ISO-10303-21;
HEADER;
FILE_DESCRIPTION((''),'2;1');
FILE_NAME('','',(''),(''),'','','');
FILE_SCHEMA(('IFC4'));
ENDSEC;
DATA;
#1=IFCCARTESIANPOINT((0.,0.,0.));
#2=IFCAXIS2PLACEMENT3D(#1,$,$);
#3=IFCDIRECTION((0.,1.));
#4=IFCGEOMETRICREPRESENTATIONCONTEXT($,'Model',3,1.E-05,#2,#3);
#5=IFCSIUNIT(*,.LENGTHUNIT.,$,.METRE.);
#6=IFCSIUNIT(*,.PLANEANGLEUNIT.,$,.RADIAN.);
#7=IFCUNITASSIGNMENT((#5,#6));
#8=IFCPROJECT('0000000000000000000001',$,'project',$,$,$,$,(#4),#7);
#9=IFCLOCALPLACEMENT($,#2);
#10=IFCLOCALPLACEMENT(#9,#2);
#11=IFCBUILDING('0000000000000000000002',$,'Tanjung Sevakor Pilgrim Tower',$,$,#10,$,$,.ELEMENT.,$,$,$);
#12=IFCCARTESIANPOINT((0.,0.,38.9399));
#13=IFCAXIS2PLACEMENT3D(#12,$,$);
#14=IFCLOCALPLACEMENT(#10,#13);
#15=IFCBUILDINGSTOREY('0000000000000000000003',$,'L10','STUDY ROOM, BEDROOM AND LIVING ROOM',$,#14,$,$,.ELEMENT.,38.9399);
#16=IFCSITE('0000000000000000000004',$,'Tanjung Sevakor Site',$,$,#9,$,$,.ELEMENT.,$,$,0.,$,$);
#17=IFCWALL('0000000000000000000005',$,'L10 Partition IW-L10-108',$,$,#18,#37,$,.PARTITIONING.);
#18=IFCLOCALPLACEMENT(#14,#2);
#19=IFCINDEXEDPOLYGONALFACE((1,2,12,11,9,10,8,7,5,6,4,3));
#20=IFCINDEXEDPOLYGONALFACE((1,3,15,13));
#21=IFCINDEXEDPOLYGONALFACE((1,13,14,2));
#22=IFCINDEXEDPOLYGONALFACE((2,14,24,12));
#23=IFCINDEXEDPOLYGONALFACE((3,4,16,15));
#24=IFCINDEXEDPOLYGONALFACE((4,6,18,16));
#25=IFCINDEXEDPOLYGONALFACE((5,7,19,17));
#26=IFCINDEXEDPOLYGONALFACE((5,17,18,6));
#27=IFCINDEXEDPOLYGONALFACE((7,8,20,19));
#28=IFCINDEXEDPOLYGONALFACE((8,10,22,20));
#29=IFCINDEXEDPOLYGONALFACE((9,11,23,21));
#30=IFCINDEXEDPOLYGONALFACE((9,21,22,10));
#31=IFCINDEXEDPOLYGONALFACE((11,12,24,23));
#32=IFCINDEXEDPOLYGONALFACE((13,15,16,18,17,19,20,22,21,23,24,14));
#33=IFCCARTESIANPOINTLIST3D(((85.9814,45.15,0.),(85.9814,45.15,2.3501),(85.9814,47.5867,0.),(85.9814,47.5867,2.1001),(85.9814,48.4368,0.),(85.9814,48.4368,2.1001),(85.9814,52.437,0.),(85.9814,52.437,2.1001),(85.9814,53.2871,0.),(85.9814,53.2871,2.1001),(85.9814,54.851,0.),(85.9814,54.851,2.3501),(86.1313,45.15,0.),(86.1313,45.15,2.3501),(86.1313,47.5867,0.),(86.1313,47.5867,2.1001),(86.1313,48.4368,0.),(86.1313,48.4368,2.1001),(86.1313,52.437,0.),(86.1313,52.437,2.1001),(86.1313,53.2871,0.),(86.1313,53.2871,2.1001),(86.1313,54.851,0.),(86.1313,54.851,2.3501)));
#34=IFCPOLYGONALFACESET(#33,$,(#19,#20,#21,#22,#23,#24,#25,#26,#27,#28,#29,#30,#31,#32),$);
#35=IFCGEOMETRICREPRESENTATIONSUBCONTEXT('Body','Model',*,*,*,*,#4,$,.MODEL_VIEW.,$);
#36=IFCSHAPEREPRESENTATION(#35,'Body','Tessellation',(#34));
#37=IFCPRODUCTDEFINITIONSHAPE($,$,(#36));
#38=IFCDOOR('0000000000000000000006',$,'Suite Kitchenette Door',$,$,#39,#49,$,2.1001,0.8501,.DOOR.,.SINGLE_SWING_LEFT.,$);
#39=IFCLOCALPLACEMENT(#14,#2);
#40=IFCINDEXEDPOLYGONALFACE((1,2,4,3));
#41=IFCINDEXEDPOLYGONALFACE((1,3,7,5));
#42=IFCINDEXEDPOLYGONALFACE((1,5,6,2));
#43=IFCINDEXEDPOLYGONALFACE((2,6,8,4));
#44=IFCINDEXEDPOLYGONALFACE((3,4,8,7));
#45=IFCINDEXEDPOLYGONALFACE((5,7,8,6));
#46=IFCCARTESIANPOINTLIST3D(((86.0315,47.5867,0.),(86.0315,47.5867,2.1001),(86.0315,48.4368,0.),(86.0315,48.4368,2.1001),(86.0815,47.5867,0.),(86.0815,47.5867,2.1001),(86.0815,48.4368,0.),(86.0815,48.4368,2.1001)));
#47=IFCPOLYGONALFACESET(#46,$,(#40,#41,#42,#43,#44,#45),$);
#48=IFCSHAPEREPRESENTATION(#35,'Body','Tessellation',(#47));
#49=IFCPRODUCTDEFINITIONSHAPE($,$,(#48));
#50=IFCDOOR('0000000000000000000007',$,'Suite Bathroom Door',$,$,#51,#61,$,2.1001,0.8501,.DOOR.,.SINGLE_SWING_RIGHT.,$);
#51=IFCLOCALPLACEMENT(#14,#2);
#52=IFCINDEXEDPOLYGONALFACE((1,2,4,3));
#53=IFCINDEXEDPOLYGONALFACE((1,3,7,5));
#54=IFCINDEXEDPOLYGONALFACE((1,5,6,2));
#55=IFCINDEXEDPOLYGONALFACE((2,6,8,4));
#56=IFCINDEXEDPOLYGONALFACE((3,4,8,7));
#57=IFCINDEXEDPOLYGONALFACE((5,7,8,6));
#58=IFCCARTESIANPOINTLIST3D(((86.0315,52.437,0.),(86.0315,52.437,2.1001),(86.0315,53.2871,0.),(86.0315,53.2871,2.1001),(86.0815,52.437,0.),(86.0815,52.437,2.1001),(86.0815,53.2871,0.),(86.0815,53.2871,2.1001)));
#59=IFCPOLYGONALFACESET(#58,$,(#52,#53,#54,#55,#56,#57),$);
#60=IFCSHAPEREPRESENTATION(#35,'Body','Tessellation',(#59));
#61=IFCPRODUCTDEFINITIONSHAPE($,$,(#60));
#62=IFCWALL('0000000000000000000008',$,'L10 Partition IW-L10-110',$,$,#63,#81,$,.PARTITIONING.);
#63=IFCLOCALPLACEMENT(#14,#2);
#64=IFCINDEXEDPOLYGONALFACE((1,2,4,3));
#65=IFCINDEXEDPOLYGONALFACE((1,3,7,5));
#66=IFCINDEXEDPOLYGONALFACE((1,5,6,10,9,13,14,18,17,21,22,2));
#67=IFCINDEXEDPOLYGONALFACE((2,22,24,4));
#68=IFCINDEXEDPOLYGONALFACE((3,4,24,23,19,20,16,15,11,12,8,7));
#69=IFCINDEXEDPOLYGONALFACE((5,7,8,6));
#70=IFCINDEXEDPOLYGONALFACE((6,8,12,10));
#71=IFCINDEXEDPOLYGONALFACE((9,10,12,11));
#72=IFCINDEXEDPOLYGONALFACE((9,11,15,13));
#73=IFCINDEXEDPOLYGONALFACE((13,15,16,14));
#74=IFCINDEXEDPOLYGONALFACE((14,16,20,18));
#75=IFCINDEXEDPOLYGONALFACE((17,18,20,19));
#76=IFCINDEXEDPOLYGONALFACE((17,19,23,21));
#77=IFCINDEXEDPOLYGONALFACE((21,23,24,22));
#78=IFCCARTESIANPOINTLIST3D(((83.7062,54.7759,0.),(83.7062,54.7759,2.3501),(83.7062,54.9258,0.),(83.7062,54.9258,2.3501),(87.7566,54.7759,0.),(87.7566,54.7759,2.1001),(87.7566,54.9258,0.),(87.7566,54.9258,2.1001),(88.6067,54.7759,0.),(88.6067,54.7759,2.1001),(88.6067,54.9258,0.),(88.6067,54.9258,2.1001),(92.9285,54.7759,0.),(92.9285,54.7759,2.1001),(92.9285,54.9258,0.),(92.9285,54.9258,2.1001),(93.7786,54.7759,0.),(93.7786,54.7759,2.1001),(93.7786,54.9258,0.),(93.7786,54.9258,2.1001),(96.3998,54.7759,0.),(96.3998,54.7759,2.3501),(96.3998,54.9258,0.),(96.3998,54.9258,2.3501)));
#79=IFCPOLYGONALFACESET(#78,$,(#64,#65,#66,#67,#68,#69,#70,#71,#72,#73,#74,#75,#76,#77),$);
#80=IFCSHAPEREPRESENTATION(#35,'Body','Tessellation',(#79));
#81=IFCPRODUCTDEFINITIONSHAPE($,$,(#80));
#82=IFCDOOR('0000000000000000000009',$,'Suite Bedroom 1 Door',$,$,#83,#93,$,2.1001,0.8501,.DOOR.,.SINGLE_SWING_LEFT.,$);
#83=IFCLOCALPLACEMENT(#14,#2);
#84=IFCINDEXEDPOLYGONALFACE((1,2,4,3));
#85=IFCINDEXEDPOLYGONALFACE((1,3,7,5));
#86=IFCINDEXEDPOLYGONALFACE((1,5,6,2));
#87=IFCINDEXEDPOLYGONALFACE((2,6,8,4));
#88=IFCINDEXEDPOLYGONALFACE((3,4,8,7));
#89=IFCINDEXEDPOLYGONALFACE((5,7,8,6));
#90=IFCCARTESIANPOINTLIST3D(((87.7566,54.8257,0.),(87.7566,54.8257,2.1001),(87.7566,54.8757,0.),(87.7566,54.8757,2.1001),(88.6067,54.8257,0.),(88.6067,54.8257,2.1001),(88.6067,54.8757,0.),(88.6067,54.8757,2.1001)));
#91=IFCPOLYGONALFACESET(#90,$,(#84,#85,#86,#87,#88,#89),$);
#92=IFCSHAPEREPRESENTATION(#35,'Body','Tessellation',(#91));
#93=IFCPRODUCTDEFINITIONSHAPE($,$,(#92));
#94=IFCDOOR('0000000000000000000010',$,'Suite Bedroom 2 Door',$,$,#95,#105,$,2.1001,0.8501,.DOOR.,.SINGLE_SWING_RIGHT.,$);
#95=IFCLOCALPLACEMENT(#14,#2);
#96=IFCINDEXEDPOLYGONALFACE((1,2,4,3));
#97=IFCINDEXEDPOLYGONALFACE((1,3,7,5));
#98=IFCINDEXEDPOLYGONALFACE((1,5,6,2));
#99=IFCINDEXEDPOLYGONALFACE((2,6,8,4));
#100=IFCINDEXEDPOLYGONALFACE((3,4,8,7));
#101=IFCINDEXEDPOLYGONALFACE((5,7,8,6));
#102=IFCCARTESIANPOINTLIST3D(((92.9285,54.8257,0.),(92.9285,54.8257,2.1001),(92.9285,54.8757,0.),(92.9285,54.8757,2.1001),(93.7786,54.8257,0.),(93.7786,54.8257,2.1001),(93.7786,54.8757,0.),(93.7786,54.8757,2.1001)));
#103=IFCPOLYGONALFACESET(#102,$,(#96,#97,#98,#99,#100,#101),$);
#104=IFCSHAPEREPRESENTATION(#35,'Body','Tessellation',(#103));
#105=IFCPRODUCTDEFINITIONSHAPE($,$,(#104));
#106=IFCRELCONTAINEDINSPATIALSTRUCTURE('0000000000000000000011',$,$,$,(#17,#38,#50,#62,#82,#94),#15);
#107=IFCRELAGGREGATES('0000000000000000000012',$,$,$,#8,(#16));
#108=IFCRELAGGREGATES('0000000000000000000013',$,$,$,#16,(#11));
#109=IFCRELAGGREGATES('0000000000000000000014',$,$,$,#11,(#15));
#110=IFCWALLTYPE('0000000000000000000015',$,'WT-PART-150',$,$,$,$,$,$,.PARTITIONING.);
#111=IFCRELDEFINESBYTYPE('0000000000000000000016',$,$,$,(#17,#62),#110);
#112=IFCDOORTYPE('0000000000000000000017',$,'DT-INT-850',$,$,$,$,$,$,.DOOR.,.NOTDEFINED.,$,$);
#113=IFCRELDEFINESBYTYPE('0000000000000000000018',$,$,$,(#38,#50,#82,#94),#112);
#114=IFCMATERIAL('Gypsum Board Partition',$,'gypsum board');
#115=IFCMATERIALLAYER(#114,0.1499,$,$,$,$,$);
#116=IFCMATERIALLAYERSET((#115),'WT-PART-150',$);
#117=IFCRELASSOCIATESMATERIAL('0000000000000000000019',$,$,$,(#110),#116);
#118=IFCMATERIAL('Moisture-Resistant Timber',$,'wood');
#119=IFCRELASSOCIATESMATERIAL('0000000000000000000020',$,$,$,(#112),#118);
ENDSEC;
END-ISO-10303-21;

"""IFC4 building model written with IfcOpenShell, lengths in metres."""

from ifc_helpers import new_model, si_unit, direction, frame, frame_2d, origin, place, context, subcontext, project, spatial, rectangle, extrude, material, layer, layer_set, type_object, element, fill, save


model = new_model("IFC4")

# Units and contexts
model_context = context("Model", 3, precision=1e-05, world=origin(), true_north=direction((0.0, 1.0)))
body_context = subcontext(model_context, "Body", "Model", "MODEL_VIEW")
ifc_project = project(units=[si_unit("LENGTHUNIT", "METRE"), si_unit("PLANEANGLEUNIT", "RADIAN")], contexts=[model_context])

# Site, building, storey
site_placement = place(None, origin())
site = spatial("IfcSite", under=ifc_project, at=site_placement, Name="Tanjung Sevakor Site", CompositionType="ELEMENT", RefElevation=0.0)
building_placement = place(site_placement, origin())
building = spatial("IfcBuilding", under=site, at=building_placement, Name="Tanjung Sevakor Pilgrim Tower", CompositionType="ELEMENT")
storey_placement = place(building_placement, frame((0.0, 0.0, 38.9399)))
storey = spatial("IfcBuildingStorey", under=building, at=storey_placement, Name="L10", Description="STUDY ROOM, BEDROOM AND LIVING ROOM", CompositionType="ELEMENT", Elevation=38.9399)

# Shared definitions
ifc_material_1 = material(Name="Gypsum Board Partition", Category="gypsum board")
ifc_layer_1 = layer(ifc_material_1, 0.1499)
ifc_layer_set_1 = layer_set([ifc_layer_1], Name="WT-PART-150")
wall_type_1 = type_object("IfcWallType", Name="WT-PART-150", PredefinedType="PARTITIONING", material=ifc_layer_set_1)

# Walls, openings, doors
wall_1_placement = place(storey_placement, frame((86.0564, 45.1499, 0.0), z_axis=(0.0, 0.0, 1.0), x_axis=(0.0, 1.0, 0.0)))
wall_1 = element("IfcWall", 1, at=wall_1_placement, inside=storey, type_object=wall_type_1, Name="L10 Partition IW-L10-108", PredefinedType="PARTITIONING", context=body_context, shape_type="SweptSolid", body=[
    extrude(rectangle(XDim=9.7009, YDim=0.1499, at=frame_2d((4.8506, 0.0))), origin(), (0.0, 0.0, 1.0), 2.3501),
])
opening_1_placement = place(wall_1_placement, frame((2.4368, 0.0, 0.0)))
opening_1 = element("IfcOpeningElement", 2, at=opening_1_placement, cuts=wall_1, PredefinedType="OPENING", context=body_context, shape_type="SweptSolid", body=[
    extrude(rectangle(XDim=0.8501, YDim=2.1001, at=frame_2d((0.425, 1.05))), frame((0.0, 0.085, 0.0), z_axis=(0.0, -1.0, 0.0), x_axis=(1.0, 0.0, 0.0)), (0.0, 0.0, 1.0), 0.1699),
])
opening_2_placement = place(wall_1_placement, frame((7.2871, 0.0, 0.0)))
opening_2 = element("IfcOpeningElement", 3, at=opening_2_placement, cuts=wall_1, PredefinedType="OPENING", context=body_context, shape_type="SweptSolid", body=[
    extrude(rectangle(XDim=0.8501, YDim=2.1001, at=frame_2d((0.425, 1.05))), frame((0.0, 0.085, 0.0), z_axis=(0.0, -1.0, 0.0), x_axis=(1.0, 0.0, 0.0)), (0.0, 0.0, 1.0), 0.1699),
])
ifc_material_2 = material(Name="Moisture-Resistant Timber", Category="wood")
door_type_1 = type_object("IfcDoorType", Name="DT-INT-850", OperationType="NOTDEFINED", PredefinedType="DOOR", material=ifc_material_2)
door_1_placement = place(opening_1_placement, origin())
door_1 = element("IfcDoor", 4, at=door_1_placement, inside=storey, type_object=door_type_1, Name="Suite Kitchenette Door", OperationType="SINGLE_SWING_LEFT", OverallHeight=2.1001, OverallWidth=0.8501, PredefinedType="DOOR", context=body_context, shape_type="SweptSolid", body=[
    extrude(rectangle(XDim=0.8501, YDim=2.1001, at=frame_2d((0.425, 1.05))), frame((0.0, 0.0249, 0.0), z_axis=(0.0, -1.0, 0.0), x_axis=(1.0, 0.0, 0.0)), (0.0, 0.0, 1.0), 0.05),
])
fill(opening_1, door_1)
door_2_placement = place(opening_2_placement, origin())
door_2 = element("IfcDoor", 5, at=door_2_placement, inside=storey, type_object=door_type_1, Name="Suite Bathroom Door", OperationType="SINGLE_SWING_RIGHT", OverallHeight=2.1001, OverallWidth=0.8501, PredefinedType="DOOR", context=body_context, shape_type="SweptSolid", body=[
    extrude(rectangle(XDim=0.8501, YDim=2.1001, at=frame_2d((0.425, 1.05))), frame((0.0, 0.0249, 0.0), z_axis=(0.0, -1.0, 0.0), x_axis=(1.0, 0.0, 0.0)), (0.0, 0.0, 1.0), 0.05),
])
fill(opening_2, door_2)
wall_2_placement = place(storey_placement, frame((83.7063, 54.8508, 0.0), z_axis=(0.0, 0.0, 1.0), x_axis=(1.0, 0.0, 0.0)))
wall_2 = element("IfcWall", 6, at=wall_2_placement, inside=storey, type_object=wall_type_1, Name="L10 Partition IW-L10-110", PredefinedType="PARTITIONING", context=body_context, shape_type="SweptSolid", body=[
    extrude(rectangle(XDim=12.6936, YDim=0.1499, at=frame_2d((6.3467, 0.0))), origin(), (0.0, 0.0, 1.0), 2.3501),
])
opening_3_placement = place(wall_2_placement, frame((4.0503, 0.0, 0.0)))
opening_3 = element("IfcOpeningElement", 7, at=opening_3_placement, cuts=wall_2, PredefinedType="OPENING", context=body_context, shape_type="SweptSolid", body=[
    extrude(rectangle(XDim=0.8501, YDim=2.1001, at=frame_2d((0.425, 1.05))), frame((0.0, 0.085, 0.0), z_axis=(0.0, -1.0, 0.0), x_axis=(1.0, 0.0, 0.0)), (0.0, 0.0, 1.0), 0.1699),
])
opening_4_placement = place(wall_2_placement, frame((9.2222, 0.0, 0.0)))
opening_4 = element("IfcOpeningElement", 8, at=opening_4_placement, cuts=wall_2, PredefinedType="OPENING", context=body_context, shape_type="SweptSolid", body=[
    extrude(rectangle(XDim=0.8501, YDim=2.1001, at=frame_2d((0.425, 1.05))), frame((0.0, 0.085, 0.0), z_axis=(0.0, -1.0, 0.0), x_axis=(1.0, 0.0, 0.0)), (0.0, 0.0, 1.0), 0.1699),
])
door_3_placement = place(opening_3_placement, origin())
door_3 = element("IfcDoor", 9, at=door_3_placement, inside=storey, type_object=door_type_1, Name="Suite Bedroom 1 Door", OperationType="SINGLE_SWING_LEFT", OverallHeight=2.1001, OverallWidth=0.8501, PredefinedType="DOOR", context=body_context, shape_type="SweptSolid", body=[
    extrude(rectangle(XDim=0.8501, YDim=2.1001, at=frame_2d((0.425, 1.05))), frame((0.0, 0.0249, 0.0), z_axis=(0.0, -1.0, 0.0), x_axis=(1.0, 0.0, 0.0)), (0.0, 0.0, 1.0), 0.05),
])
fill(opening_3, door_3)
door_4_placement = place(opening_4_placement, origin())
door_4 = element("IfcDoor", 10, at=door_4_placement, inside=storey, type_object=door_type_1, Name="Suite Bedroom 2 Door", OperationType="SINGLE_SWING_RIGHT", OverallHeight=2.1001, OverallWidth=0.8501, PredefinedType="DOOR", context=body_context, shape_type="SweptSolid", body=[
    extrude(rectangle(XDim=0.8501, YDim=2.1001, at=frame_2d((0.425, 1.05))), frame((0.0, 0.0249, 0.0), z_axis=(0.0, -1.0, 0.0), x_axis=(1.0, 0.0, 0.0)), (0.0, 0.0, 1.0), 0.05),
])
fill(opening_4, door_4)

save(model, "model.ifc")
